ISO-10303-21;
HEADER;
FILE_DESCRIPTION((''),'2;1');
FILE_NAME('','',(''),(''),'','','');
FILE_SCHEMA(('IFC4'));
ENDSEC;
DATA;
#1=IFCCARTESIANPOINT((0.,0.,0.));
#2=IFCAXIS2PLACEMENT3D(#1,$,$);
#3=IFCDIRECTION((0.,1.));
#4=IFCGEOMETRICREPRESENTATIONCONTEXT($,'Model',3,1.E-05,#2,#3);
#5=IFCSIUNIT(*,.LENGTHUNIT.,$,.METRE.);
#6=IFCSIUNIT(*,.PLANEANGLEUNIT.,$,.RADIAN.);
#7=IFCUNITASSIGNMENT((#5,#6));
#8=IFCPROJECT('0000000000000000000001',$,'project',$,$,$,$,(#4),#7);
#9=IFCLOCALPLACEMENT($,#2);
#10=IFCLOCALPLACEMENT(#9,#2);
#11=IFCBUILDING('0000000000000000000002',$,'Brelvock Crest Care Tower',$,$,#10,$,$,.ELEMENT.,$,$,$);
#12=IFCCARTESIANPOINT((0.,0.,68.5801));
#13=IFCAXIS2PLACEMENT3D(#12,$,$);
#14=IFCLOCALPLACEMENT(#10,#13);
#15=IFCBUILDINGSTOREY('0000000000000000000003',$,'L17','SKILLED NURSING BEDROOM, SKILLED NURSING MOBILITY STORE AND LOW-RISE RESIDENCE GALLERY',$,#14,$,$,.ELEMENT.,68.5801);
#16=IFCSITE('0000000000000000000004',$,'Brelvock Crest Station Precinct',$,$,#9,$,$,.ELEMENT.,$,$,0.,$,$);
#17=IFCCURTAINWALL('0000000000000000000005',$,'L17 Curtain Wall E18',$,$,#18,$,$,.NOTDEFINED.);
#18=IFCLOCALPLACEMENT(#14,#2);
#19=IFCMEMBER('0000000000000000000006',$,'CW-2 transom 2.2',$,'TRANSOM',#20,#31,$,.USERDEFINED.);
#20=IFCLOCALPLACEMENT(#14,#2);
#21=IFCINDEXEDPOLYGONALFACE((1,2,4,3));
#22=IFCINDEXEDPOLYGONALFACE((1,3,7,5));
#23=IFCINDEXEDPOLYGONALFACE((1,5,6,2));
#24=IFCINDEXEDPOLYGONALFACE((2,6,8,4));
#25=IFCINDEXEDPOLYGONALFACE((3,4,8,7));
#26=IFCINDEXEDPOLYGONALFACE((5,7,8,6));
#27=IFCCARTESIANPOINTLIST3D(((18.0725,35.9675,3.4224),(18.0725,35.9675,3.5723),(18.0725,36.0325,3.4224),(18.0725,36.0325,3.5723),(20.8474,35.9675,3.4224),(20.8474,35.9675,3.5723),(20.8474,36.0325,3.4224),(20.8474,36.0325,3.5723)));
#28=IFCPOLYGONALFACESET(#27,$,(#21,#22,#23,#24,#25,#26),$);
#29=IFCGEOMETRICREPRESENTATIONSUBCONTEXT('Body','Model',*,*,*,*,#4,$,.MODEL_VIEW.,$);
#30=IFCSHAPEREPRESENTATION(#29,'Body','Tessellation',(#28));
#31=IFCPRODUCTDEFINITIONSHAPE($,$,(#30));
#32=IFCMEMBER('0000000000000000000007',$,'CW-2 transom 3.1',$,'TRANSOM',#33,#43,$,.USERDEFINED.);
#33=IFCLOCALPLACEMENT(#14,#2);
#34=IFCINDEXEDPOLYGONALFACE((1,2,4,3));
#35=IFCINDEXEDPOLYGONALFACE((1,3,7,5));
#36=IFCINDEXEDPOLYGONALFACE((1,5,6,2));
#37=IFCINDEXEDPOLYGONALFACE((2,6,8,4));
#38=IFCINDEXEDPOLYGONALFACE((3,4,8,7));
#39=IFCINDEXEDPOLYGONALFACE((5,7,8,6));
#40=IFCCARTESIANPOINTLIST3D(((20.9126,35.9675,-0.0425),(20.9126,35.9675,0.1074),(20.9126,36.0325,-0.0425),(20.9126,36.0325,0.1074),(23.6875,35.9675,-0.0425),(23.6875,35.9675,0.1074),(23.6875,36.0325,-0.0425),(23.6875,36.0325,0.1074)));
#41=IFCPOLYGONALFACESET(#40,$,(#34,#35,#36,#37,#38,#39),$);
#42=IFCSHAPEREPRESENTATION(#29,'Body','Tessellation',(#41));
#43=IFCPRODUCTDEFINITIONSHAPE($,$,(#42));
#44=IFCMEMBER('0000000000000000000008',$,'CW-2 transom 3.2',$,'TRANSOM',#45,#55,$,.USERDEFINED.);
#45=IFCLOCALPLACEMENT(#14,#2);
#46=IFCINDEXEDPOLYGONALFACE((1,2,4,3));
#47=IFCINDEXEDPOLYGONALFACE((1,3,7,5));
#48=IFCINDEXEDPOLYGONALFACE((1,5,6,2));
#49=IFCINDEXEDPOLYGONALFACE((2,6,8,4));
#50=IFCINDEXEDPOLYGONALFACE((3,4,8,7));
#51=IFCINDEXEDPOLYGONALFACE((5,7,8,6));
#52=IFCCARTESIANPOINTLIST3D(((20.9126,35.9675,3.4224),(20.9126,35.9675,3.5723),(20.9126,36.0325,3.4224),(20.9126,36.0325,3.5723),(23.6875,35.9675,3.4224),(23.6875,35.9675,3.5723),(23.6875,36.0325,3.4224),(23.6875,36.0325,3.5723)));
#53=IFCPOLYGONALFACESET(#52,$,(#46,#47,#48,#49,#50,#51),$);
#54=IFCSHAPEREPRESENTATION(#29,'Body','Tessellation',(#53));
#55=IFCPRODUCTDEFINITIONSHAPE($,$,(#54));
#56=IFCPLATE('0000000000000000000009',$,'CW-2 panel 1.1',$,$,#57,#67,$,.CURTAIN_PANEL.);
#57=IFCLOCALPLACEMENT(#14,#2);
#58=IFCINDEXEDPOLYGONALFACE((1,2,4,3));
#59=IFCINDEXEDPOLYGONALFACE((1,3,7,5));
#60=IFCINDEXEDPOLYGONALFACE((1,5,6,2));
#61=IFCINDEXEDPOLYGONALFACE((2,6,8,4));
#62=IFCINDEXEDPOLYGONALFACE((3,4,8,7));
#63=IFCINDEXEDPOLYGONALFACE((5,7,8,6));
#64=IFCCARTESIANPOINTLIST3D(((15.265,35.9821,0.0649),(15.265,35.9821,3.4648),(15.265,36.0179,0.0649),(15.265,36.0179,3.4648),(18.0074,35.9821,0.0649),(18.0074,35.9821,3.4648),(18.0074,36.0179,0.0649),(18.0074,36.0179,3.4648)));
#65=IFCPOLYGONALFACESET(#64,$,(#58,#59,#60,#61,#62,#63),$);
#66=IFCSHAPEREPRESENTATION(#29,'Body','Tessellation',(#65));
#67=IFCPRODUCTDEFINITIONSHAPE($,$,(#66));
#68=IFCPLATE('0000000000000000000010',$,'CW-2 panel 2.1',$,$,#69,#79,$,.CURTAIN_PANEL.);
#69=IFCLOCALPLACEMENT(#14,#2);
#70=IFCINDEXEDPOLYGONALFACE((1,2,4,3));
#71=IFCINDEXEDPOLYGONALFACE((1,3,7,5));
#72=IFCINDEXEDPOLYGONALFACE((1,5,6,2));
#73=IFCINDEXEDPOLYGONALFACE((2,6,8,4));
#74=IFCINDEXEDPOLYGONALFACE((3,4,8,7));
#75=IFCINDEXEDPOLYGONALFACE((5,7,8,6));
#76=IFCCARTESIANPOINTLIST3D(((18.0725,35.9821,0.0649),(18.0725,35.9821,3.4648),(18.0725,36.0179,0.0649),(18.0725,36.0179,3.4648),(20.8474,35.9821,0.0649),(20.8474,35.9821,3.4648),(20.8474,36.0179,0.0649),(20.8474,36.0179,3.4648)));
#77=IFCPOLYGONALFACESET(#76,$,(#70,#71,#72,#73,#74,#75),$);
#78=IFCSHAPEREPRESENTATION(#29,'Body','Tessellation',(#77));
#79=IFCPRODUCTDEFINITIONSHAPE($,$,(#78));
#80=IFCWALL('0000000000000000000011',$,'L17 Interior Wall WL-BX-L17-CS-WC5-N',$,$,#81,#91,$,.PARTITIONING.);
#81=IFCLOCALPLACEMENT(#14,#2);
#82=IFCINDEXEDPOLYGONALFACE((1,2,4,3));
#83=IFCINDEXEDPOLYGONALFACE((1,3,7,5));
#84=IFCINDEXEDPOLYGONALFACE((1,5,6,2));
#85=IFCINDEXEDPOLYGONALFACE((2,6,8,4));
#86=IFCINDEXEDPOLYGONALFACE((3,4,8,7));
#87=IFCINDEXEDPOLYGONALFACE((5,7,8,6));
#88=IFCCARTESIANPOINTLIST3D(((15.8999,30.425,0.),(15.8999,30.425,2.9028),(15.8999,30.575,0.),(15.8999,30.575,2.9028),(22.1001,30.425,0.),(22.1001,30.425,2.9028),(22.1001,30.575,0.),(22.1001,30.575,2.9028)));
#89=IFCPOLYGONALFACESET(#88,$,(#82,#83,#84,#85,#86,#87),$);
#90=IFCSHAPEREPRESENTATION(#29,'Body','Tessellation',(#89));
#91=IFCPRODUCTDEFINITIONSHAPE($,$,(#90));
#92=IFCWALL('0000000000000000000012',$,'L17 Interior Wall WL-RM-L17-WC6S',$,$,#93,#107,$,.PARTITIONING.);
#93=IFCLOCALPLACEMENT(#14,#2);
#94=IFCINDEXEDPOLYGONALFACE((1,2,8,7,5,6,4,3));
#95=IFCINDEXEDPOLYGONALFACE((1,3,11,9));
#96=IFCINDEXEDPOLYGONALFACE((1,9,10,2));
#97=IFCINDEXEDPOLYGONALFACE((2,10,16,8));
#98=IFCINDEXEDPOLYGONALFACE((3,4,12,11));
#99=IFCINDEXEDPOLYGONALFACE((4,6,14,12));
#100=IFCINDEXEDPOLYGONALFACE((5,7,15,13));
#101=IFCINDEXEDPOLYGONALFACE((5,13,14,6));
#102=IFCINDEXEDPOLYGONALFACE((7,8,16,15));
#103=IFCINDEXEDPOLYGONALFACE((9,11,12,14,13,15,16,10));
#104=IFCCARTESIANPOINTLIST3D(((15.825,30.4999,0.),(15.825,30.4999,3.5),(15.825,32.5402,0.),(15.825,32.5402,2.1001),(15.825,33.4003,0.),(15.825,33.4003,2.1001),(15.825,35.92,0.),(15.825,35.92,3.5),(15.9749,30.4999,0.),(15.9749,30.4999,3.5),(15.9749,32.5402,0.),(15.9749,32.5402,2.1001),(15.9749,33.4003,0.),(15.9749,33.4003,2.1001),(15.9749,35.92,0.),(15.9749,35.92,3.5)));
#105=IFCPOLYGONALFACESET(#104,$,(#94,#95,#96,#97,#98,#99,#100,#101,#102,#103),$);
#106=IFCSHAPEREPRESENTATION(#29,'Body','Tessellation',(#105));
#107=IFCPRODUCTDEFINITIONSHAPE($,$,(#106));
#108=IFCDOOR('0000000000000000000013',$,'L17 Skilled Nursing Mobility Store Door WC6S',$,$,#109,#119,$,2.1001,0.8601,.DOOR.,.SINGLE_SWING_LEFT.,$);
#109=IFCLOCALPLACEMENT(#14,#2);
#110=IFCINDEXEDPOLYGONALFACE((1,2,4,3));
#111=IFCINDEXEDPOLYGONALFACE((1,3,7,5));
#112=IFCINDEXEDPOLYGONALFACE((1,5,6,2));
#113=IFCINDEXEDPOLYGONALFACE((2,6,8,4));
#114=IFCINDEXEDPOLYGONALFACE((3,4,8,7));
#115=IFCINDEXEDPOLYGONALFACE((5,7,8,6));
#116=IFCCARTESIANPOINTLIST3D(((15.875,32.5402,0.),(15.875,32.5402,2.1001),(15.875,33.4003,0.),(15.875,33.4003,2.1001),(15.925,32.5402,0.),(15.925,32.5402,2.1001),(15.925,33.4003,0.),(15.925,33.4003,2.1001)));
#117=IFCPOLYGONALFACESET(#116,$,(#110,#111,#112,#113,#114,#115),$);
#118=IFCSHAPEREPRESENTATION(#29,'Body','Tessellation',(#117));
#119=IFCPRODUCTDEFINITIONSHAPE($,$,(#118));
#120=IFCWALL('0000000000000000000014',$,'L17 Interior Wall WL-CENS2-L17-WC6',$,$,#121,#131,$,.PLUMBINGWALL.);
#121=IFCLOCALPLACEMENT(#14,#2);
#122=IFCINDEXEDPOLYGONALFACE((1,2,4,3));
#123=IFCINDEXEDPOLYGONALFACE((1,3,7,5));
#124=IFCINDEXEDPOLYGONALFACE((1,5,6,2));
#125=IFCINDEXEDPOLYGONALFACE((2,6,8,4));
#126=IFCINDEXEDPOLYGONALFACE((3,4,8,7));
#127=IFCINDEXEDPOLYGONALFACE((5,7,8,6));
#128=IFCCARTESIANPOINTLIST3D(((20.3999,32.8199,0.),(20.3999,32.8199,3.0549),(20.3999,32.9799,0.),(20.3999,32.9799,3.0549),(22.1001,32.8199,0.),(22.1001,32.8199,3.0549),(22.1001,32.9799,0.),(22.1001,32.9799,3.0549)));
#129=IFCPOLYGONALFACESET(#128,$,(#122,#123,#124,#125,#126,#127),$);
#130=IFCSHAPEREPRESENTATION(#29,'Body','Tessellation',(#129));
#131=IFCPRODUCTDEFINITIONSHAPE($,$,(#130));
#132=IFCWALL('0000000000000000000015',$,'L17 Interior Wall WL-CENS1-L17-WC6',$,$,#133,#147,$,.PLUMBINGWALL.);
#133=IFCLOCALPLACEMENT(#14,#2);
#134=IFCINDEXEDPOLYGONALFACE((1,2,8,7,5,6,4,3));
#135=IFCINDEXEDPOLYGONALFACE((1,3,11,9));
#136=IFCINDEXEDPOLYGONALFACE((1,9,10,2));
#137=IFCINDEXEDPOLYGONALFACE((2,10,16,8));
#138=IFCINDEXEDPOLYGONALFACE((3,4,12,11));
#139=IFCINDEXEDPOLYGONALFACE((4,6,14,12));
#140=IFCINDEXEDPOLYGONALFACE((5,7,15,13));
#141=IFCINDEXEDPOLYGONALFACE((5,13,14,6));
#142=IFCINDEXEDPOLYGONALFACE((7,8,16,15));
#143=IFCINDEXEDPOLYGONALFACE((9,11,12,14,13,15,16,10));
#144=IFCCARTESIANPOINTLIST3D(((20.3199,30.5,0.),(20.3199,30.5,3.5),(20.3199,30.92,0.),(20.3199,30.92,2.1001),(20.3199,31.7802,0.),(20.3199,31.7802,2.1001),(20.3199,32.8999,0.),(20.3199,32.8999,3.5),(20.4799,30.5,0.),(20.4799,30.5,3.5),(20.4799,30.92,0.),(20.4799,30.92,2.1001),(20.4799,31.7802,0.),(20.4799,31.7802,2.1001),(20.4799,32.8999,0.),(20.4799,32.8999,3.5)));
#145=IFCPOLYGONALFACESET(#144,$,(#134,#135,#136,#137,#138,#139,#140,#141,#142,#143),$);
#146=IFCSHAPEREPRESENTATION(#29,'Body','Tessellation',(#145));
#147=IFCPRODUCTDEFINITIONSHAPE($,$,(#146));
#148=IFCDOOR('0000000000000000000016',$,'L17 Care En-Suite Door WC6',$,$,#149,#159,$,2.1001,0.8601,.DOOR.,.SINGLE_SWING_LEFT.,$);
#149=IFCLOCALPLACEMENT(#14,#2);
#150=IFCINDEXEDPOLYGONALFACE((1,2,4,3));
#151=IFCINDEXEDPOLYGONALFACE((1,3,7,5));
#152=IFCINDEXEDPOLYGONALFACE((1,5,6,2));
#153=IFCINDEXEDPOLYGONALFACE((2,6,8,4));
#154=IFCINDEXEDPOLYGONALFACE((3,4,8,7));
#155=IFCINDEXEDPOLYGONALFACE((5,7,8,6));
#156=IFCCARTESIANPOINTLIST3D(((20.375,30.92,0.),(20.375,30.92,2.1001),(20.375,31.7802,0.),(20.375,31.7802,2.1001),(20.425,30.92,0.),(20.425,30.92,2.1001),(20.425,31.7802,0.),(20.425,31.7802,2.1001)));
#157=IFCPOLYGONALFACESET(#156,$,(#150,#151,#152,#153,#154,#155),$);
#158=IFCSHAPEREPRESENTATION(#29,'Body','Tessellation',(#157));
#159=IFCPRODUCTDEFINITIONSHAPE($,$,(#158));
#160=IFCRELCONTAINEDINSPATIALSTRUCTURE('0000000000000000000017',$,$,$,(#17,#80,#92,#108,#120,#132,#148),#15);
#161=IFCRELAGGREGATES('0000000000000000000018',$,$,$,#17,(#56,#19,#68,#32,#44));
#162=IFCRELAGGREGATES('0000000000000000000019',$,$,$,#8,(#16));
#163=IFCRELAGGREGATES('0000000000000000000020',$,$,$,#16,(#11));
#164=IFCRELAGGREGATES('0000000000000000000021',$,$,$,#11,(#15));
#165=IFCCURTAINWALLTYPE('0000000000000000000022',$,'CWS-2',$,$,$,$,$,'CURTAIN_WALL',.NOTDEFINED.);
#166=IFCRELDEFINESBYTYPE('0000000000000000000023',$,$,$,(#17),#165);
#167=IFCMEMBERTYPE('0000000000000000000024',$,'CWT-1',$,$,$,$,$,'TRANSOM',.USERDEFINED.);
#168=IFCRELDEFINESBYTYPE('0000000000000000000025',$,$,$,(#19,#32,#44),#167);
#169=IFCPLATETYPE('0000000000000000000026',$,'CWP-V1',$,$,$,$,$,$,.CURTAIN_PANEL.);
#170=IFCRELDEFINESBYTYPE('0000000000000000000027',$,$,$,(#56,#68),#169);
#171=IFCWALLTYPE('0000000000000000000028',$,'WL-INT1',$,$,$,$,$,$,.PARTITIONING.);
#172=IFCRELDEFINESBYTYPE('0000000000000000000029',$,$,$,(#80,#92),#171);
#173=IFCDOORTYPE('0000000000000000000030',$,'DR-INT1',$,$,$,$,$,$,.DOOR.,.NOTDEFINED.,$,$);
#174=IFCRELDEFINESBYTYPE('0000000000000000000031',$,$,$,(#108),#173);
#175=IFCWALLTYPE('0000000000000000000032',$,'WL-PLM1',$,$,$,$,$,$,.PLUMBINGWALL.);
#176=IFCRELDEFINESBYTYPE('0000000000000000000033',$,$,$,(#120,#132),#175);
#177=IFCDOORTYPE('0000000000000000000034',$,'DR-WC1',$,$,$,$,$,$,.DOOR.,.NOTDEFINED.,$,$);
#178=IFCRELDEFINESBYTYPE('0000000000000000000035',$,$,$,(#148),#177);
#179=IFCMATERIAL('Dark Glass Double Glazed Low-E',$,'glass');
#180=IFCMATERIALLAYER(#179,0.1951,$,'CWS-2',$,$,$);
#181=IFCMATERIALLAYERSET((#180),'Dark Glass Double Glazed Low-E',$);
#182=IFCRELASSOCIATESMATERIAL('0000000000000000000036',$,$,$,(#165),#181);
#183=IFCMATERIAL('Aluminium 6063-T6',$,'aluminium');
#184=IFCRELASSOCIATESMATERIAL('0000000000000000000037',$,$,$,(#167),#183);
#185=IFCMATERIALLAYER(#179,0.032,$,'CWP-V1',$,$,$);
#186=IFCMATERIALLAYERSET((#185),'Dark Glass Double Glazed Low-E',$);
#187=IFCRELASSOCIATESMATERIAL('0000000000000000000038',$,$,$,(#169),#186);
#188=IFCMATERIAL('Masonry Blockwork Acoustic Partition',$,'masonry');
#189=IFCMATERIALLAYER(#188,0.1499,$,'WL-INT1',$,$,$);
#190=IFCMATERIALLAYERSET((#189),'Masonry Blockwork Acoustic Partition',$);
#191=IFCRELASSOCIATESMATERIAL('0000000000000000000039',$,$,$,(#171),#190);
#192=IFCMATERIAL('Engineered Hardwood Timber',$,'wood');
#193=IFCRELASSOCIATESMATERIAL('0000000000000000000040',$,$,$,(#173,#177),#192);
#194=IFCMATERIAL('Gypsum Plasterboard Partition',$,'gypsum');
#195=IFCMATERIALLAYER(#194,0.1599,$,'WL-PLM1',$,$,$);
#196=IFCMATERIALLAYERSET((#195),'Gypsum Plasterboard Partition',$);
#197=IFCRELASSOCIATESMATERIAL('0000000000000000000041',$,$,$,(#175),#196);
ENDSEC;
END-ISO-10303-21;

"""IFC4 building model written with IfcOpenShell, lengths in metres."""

from ifc_helpers import new_model, si_unit, direction, frame, frame_2d, origin, origin_2d, place, context, subcontext, project, spatial, rectangle, extrude, source, transform, mapped, material, layer, layer_set, material_profile, profile_set, type_object, element, fill, aggregate, save


model = new_model("IFC4")

# Units and contexts
model_context = context("Model", 3, precision=1e-05, world=origin(), true_north=direction((0.0, 1.0)))
body_context = subcontext(model_context, "Body", "Model", "MODEL_VIEW")
ifc_project = project(units=[si_unit("LENGTHUNIT", "METRE"), si_unit("PLANEANGLEUNIT", "RADIAN")], contexts=[model_context])

# Site, building, storey
site_placement = place(None, origin())
site = spatial("IfcSite", under=ifc_project, at=site_placement, Name="Brelvock Crest Station Precinct", CompositionType="ELEMENT", RefElevation=0.0)
building_placement = place(site_placement, origin())
building = spatial("IfcBuilding", under=site, at=building_placement, Name="Brelvock Crest Care Tower", CompositionType="ELEMENT")
storey_placement = place(building_placement, frame((0.0, 0.0, 68.5801)))
storey = spatial("IfcBuildingStorey", under=building, at=storey_placement, Name="L17", Description="SKILLED NURSING BEDROOM, SKILLED NURSING MOBILITY STORE AND LOW-RISE RESIDENCE GALLERY", CompositionType="ELEMENT", Elevation=68.5801)

# Curtain wall, members, plates
ifc_material_1 = material(Name="Dark Glass Double Glazed Low-E", Category="glass")
ifc_layer_1 = layer(ifc_material_1, 0.1951, Name="CWS-2")
ifc_layer_set_1 = layer_set([ifc_layer_1], Name="Dark Glass Double Glazed Low-E")
curtain_wall_type = type_object("IfcCurtainWallType", Name="CWS-2", ElementType="CURTAIN_WALL", PredefinedType="NOTDEFINED", material=ifc_layer_set_1)
curtain_wall_placement = place(storey_placement, origin())
curtain_wall = element("IfcCurtainWall", 1, at=curtain_wall_placement, inside=storey, type_object=curtain_wall_type, Name="L17 Curtain Wall E18", PredefinedType="NOTDEFINED")
ifc_material_2 = material(Name="Aluminium 6063-T6", Category="aluminium")
ifc_material_profile_1 = material_profile(ifc_material_2, rectangle(XDim=0.0649, YDim=0.1499, at=origin_2d()), Name="ALU65x150")
ifc_profile_set_1 = profile_set([ifc_material_profile_1], Name="Aluminium 6063-T6")
member_type_1 = type_object("IfcMemberType", Name="CWT-1", ElementType="TRANSOM", PredefinedType="USERDEFINED", material=ifc_profile_set_1)
shared_shape_1 = source(origin(), body_context, "Body", "SweptSolid", [
    extrude(rectangle(XDim=0.0649, YDim=0.1499, at=origin_2d()), origin(), (0.0, 0.0, 1.0), 2.7749),
])
member_1_placement = place(storey_placement, frame((18.0725, 36.0, 3.4973), z_axis=(1.0, 0.0, 0.0), x_axis=(0.0, 1.0, 0.0)))
member_1 = element("IfcMember", 2, at=member_1_placement, type_object=member_type_1, Name="CW-2 transom 2.2", ObjectType="TRANSOM", PredefinedType="USERDEFINED", context=body_context, shape_type="MappedRepresentation", body=[
    mapped(shared_shape_1, transform((0.0, 0.0, 0.0), x_axis=(1.0, 0.0, 0.0), y_axis=(0.0, 1.0, 0.0), z_axis=(0.0, 0.0, 1.0), scale=1.0)),
])
member_2_placement = place(storey_placement, frame((20.9126, 36.0, 0.0325), z_axis=(1.0, 0.0, 0.0), x_axis=(0.0, 1.0, 0.0)))
member_2 = element("IfcMember", 3, at=member_2_placement, type_object=member_type_1, Name="CW-2 transom 3.1", ObjectType="TRANSOM", PredefinedType="USERDEFINED", context=body_context, shape_type="MappedRepresentation", body=[
    mapped(shared_shape_1, transform((0.0, 0.0, 0.0), x_axis=(1.0, 0.0, 0.0), y_axis=(0.0, 1.0, 0.0), z_axis=(0.0, 0.0, 1.0), scale=1.0)),
])
member_3_placement = place(storey_placement, frame((20.9126, 36.0, 3.4973), z_axis=(1.0, 0.0, 0.0), x_axis=(0.0, 1.0, 0.0)))
member_3 = element("IfcMember", 4, at=member_3_placement, type_object=member_type_1, Name="CW-2 transom 3.2", ObjectType="TRANSOM", PredefinedType="USERDEFINED", context=body_context, shape_type="MappedRepresentation", body=[
    mapped(shared_shape_1, transform((0.0, 0.0, 0.0), x_axis=(1.0, 0.0, 0.0), y_axis=(0.0, 1.0, 0.0), z_axis=(0.0, 0.0, 1.0), scale=1.0)),
])
ifc_layer_2 = layer(ifc_material_1, 0.032, Name="CWP-V1")
ifc_layer_set_2 = layer_set([ifc_layer_2], Name="Dark Glass Double Glazed Low-E")
plate_type = type_object("IfcPlateType", Name="CWP-V1", PredefinedType="CURTAIN_PANEL", material=ifc_layer_set_2)
shared_shape_2 = source(origin(), body_context, "Body", "SweptSolid", [
    extrude(rectangle(XDim=2.7424, YDim=0.0359, at=origin_2d()), origin(), (0.0, 0.0, 1.0), 3.3999),
])
plate_1_placement = place(storey_placement, frame((16.6362, 36.0, 0.0649), z_axis=(0.0, 0.0, 1.0), x_axis=(1.0, 0.0, 0.0)))
plate_1 = element("IfcPlate", 5, at=plate_1_placement, type_object=plate_type, Name="CW-2 panel 1.1", PredefinedType="CURTAIN_PANEL", context=body_context, shape_type="MappedRepresentation", body=[
    mapped(shared_shape_2, transform((0.0, 0.0, 0.0), x_axis=(1.0, 0.0, 0.0), y_axis=(0.0, 1.0, 0.0), z_axis=(0.0, 0.0, 1.0), scale=1.0)),
])
shared_shape_3 = source(origin(), body_context, "Body", "SweptSolid", [
    extrude(rectangle(XDim=2.7749, YDim=0.0359, at=origin_2d()), origin(), (0.0, 0.0, 1.0), 3.3999),
])
plate_2_placement = place(storey_placement, frame((19.46, 36.0, 0.0649), z_axis=(0.0, 0.0, 1.0), x_axis=(1.0, 0.0, 0.0)))
plate_2 = element("IfcPlate", 6, at=plate_2_placement, type_object=plate_type, Name="CW-2 panel 2.1", PredefinedType="CURTAIN_PANEL", context=body_context, shape_type="MappedRepresentation", body=[
    mapped(shared_shape_3, transform((0.0, 0.0, 0.0), x_axis=(1.0, 0.0, 0.0), y_axis=(0.0, 1.0, 0.0), z_axis=(0.0, 0.0, 1.0), scale=1.0)),
])
aggregate(curtain_wall, [plate_1, member_1, plate_2, member_2, member_3])

# Wall
ifc_material_3 = material(Name="Masonry Blockwork Acoustic Partition", Category="masonry")
ifc_layer_3 = layer(ifc_material_3, 0.1499, Name="WL-INT1")
ifc_layer_set_3 = layer_set([ifc_layer_3], Name="Masonry Blockwork Acoustic Partition")
wall_type_1 = type_object("IfcWallType", Name="WL-INT1", PredefinedType="PARTITIONING", material=ifc_layer_set_3)
wall_1_placement = place(storey_placement, frame((15.8999, 30.5, 0.0), z_axis=(0.0, 0.0, 1.0), x_axis=(1.0, 0.0, 0.0)))
element("IfcWall", 7, at=wall_1_placement, inside=storey, type_object=wall_type_1, Name="L17 Interior Wall WL-BX-L17-CS-WC5-N", PredefinedType="PARTITIONING", context=body_context, shape_type="SweptSolid", body=[
    extrude(rectangle(XDim=6.2002, YDim=0.1499, at=frame_2d((3.1001, 0.0))), origin(), (0.0, 0.0, 1.0), 2.9028),
])

# Wall, opening, door
wall_2_placement = place(storey_placement, frame((15.8999, 30.5, 0.0), z_axis=(0.0, 0.0, 1.0), x_axis=(0.0, 1.0, 0.0)))
wall_2 = element("IfcWall", 8, at=wall_2_placement, inside=storey, type_object=wall_type_1, Name="L17 Interior Wall WL-RM-L17-WC6S", PredefinedType="PARTITIONING", context=body_context, shape_type="SweptSolid", body=[
    extrude(rectangle(XDim=5.4202, YDim=0.1499, at=frame_2d((2.71, 0.0))), origin(), (0.0, 0.0, 1.0), 3.5),
])
opening_1_placement = place(wall_2_placement, frame((2.04, 0.0, 0.0)))
opening_1 = element("IfcOpeningElement", 9, at=opening_1_placement, cuts=wall_2, PredefinedType="OPENING", context=body_context, shape_type="SweptSolid", body=[
    extrude(rectangle(XDim=0.8601, YDim=2.1001, at=origin_2d()), frame((0.4302, 0.085, 1.05), z_axis=(0.0, -1.0, 0.0), x_axis=(1.0, 0.0, 0.0)), (0.0, 0.0, 1.0), 0.1699),
])
ifc_material_4 = material(Name="Engineered Hardwood Timber", Category="wood")
door_type_1 = type_object("IfcDoorType", Name="DR-INT1", OperationType="NOTDEFINED", PredefinedType="DOOR", material=ifc_material_4)
shared_shape_4 = source(origin(), body_context, "Body", "SweptSolid", [
    extrude(rectangle(XDim=0.8601, YDim=2.1001, at=origin_2d()), frame((0.4302, 0.0249, 1.05), z_axis=(0.0, -1.0, 0.0), x_axis=(1.0, 0.0, 0.0)), (0.0, 0.0, 1.0), 0.05),
])
door_1_placement = place(opening_1_placement, origin())
door_1 = element("IfcDoor", 10, at=door_1_placement, inside=storey, type_object=door_type_1, Name="L17 Skilled Nursing Mobility Store Door WC6S", OperationType="SINGLE_SWING_LEFT", OverallHeight=2.1001, OverallWidth=0.8601, PredefinedType="DOOR", context=body_context, shape_type="MappedRepresentation", body=[
    mapped(shared_shape_4, transform((0.0, 0.0, 0.0), x_axis=(1.0, 0.0, 0.0), y_axis=(0.0, 1.0, 0.0), z_axis=(0.0, 0.0, 1.0), scale=1.0)),
])
fill(opening_1, door_1)

# Wall
ifc_material_5 = material(Name="Gypsum Plasterboard Partition", Category="gypsum")
ifc_layer_4 = layer(ifc_material_5, 0.1599, Name="WL-PLM1")
ifc_layer_set_4 = layer_set([ifc_layer_4], Name="Gypsum Plasterboard Partition")
wall_type_2 = type_object("IfcWallType", Name="WL-PLM1", PredefinedType="PLUMBINGWALL", material=ifc_layer_set_4)
wall_3_placement = place(storey_placement, frame((20.3999, 32.8999, 0.0), z_axis=(0.0, 0.0, 1.0), x_axis=(1.0, 0.0, 0.0)))
element("IfcWall", 11, at=wall_3_placement, inside=storey, type_object=wall_type_2, Name="L17 Interior Wall WL-CENS2-L17-WC6", PredefinedType="PLUMBINGWALL", context=body_context, shape_type="SweptSolid", body=[
    extrude(rectangle(XDim=1.7002, YDim=0.1599, at=frame_2d((0.8501, 0.0))), origin(), (0.0, 0.0, 1.0), 3.0549),
])

# Wall, opening, door
wall_4_placement = place(storey_placement, frame((20.3999, 30.5, 0.0), z_axis=(0.0, 0.0, 1.0), x_axis=(0.0, 1.0, 0.0)))
wall_4 = element("IfcWall", 12, at=wall_4_placement, inside=storey, type_object=wall_type_2, Name="L17 Interior Wall WL-CENS1-L17-WC6", PredefinedType="PLUMBINGWALL", context=body_context, shape_type="SweptSolid", body=[
    extrude(rectangle(XDim=2.3999, YDim=0.1599, at=frame_2d((1.2, 0.0))), origin(), (0.0, 0.0, 1.0), 3.5),
])
opening_2_placement = place(wall_4_placement, frame((0.4199, 0.0, 0.0)))
opening_2 = element("IfcOpeningElement", 13, at=opening_2_placement, cuts=wall_4, PredefinedType="OPENING", context=body_context, shape_type="SweptSolid", body=[
    extrude(rectangle(XDim=0.8601, YDim=2.1001, at=origin_2d()), frame((0.4302, 0.0898, 1.05), z_axis=(0.0, -1.0, 0.0), x_axis=(1.0, 0.0, 0.0)), (0.0, 0.0, 1.0), 0.1799),
])
door_type_2 = type_object("IfcDoorType", Name="DR-WC1", OperationType="NOTDEFINED", PredefinedType="DOOR", material=ifc_material_4)
shared_shape_5 = source(origin(), body_context, "Body", "SweptSolid", [
    extrude(rectangle(XDim=0.8601, YDim=2.1001, at=origin_2d()), frame((0.4302, 0.0249, 1.05), z_axis=(0.0, -1.0, 0.0), x_axis=(1.0, 0.0, 0.0)), (0.0, 0.0, 1.0), 0.05),
])
door_2_placement = place(opening_2_placement, origin())
door_2 = element("IfcDoor", 14, at=door_2_placement, inside=storey, type_object=door_type_2, Name="L17 Care En-Suite Door WC6", OperationType="SINGLE_SWING_LEFT", OverallHeight=2.1001, OverallWidth=0.8601, PredefinedType="DOOR", context=body_context, shape_type="MappedRepresentation", body=[
    mapped(shared_shape_5, transform((0.0, 0.0, 0.0), x_axis=(1.0, 0.0, 0.0), y_axis=(0.0, 1.0, 0.0), z_axis=(0.0, 0.0, 1.0), scale=1.0)),
])
fill(opening_2, door_2)

save(model, "model.ifc")
